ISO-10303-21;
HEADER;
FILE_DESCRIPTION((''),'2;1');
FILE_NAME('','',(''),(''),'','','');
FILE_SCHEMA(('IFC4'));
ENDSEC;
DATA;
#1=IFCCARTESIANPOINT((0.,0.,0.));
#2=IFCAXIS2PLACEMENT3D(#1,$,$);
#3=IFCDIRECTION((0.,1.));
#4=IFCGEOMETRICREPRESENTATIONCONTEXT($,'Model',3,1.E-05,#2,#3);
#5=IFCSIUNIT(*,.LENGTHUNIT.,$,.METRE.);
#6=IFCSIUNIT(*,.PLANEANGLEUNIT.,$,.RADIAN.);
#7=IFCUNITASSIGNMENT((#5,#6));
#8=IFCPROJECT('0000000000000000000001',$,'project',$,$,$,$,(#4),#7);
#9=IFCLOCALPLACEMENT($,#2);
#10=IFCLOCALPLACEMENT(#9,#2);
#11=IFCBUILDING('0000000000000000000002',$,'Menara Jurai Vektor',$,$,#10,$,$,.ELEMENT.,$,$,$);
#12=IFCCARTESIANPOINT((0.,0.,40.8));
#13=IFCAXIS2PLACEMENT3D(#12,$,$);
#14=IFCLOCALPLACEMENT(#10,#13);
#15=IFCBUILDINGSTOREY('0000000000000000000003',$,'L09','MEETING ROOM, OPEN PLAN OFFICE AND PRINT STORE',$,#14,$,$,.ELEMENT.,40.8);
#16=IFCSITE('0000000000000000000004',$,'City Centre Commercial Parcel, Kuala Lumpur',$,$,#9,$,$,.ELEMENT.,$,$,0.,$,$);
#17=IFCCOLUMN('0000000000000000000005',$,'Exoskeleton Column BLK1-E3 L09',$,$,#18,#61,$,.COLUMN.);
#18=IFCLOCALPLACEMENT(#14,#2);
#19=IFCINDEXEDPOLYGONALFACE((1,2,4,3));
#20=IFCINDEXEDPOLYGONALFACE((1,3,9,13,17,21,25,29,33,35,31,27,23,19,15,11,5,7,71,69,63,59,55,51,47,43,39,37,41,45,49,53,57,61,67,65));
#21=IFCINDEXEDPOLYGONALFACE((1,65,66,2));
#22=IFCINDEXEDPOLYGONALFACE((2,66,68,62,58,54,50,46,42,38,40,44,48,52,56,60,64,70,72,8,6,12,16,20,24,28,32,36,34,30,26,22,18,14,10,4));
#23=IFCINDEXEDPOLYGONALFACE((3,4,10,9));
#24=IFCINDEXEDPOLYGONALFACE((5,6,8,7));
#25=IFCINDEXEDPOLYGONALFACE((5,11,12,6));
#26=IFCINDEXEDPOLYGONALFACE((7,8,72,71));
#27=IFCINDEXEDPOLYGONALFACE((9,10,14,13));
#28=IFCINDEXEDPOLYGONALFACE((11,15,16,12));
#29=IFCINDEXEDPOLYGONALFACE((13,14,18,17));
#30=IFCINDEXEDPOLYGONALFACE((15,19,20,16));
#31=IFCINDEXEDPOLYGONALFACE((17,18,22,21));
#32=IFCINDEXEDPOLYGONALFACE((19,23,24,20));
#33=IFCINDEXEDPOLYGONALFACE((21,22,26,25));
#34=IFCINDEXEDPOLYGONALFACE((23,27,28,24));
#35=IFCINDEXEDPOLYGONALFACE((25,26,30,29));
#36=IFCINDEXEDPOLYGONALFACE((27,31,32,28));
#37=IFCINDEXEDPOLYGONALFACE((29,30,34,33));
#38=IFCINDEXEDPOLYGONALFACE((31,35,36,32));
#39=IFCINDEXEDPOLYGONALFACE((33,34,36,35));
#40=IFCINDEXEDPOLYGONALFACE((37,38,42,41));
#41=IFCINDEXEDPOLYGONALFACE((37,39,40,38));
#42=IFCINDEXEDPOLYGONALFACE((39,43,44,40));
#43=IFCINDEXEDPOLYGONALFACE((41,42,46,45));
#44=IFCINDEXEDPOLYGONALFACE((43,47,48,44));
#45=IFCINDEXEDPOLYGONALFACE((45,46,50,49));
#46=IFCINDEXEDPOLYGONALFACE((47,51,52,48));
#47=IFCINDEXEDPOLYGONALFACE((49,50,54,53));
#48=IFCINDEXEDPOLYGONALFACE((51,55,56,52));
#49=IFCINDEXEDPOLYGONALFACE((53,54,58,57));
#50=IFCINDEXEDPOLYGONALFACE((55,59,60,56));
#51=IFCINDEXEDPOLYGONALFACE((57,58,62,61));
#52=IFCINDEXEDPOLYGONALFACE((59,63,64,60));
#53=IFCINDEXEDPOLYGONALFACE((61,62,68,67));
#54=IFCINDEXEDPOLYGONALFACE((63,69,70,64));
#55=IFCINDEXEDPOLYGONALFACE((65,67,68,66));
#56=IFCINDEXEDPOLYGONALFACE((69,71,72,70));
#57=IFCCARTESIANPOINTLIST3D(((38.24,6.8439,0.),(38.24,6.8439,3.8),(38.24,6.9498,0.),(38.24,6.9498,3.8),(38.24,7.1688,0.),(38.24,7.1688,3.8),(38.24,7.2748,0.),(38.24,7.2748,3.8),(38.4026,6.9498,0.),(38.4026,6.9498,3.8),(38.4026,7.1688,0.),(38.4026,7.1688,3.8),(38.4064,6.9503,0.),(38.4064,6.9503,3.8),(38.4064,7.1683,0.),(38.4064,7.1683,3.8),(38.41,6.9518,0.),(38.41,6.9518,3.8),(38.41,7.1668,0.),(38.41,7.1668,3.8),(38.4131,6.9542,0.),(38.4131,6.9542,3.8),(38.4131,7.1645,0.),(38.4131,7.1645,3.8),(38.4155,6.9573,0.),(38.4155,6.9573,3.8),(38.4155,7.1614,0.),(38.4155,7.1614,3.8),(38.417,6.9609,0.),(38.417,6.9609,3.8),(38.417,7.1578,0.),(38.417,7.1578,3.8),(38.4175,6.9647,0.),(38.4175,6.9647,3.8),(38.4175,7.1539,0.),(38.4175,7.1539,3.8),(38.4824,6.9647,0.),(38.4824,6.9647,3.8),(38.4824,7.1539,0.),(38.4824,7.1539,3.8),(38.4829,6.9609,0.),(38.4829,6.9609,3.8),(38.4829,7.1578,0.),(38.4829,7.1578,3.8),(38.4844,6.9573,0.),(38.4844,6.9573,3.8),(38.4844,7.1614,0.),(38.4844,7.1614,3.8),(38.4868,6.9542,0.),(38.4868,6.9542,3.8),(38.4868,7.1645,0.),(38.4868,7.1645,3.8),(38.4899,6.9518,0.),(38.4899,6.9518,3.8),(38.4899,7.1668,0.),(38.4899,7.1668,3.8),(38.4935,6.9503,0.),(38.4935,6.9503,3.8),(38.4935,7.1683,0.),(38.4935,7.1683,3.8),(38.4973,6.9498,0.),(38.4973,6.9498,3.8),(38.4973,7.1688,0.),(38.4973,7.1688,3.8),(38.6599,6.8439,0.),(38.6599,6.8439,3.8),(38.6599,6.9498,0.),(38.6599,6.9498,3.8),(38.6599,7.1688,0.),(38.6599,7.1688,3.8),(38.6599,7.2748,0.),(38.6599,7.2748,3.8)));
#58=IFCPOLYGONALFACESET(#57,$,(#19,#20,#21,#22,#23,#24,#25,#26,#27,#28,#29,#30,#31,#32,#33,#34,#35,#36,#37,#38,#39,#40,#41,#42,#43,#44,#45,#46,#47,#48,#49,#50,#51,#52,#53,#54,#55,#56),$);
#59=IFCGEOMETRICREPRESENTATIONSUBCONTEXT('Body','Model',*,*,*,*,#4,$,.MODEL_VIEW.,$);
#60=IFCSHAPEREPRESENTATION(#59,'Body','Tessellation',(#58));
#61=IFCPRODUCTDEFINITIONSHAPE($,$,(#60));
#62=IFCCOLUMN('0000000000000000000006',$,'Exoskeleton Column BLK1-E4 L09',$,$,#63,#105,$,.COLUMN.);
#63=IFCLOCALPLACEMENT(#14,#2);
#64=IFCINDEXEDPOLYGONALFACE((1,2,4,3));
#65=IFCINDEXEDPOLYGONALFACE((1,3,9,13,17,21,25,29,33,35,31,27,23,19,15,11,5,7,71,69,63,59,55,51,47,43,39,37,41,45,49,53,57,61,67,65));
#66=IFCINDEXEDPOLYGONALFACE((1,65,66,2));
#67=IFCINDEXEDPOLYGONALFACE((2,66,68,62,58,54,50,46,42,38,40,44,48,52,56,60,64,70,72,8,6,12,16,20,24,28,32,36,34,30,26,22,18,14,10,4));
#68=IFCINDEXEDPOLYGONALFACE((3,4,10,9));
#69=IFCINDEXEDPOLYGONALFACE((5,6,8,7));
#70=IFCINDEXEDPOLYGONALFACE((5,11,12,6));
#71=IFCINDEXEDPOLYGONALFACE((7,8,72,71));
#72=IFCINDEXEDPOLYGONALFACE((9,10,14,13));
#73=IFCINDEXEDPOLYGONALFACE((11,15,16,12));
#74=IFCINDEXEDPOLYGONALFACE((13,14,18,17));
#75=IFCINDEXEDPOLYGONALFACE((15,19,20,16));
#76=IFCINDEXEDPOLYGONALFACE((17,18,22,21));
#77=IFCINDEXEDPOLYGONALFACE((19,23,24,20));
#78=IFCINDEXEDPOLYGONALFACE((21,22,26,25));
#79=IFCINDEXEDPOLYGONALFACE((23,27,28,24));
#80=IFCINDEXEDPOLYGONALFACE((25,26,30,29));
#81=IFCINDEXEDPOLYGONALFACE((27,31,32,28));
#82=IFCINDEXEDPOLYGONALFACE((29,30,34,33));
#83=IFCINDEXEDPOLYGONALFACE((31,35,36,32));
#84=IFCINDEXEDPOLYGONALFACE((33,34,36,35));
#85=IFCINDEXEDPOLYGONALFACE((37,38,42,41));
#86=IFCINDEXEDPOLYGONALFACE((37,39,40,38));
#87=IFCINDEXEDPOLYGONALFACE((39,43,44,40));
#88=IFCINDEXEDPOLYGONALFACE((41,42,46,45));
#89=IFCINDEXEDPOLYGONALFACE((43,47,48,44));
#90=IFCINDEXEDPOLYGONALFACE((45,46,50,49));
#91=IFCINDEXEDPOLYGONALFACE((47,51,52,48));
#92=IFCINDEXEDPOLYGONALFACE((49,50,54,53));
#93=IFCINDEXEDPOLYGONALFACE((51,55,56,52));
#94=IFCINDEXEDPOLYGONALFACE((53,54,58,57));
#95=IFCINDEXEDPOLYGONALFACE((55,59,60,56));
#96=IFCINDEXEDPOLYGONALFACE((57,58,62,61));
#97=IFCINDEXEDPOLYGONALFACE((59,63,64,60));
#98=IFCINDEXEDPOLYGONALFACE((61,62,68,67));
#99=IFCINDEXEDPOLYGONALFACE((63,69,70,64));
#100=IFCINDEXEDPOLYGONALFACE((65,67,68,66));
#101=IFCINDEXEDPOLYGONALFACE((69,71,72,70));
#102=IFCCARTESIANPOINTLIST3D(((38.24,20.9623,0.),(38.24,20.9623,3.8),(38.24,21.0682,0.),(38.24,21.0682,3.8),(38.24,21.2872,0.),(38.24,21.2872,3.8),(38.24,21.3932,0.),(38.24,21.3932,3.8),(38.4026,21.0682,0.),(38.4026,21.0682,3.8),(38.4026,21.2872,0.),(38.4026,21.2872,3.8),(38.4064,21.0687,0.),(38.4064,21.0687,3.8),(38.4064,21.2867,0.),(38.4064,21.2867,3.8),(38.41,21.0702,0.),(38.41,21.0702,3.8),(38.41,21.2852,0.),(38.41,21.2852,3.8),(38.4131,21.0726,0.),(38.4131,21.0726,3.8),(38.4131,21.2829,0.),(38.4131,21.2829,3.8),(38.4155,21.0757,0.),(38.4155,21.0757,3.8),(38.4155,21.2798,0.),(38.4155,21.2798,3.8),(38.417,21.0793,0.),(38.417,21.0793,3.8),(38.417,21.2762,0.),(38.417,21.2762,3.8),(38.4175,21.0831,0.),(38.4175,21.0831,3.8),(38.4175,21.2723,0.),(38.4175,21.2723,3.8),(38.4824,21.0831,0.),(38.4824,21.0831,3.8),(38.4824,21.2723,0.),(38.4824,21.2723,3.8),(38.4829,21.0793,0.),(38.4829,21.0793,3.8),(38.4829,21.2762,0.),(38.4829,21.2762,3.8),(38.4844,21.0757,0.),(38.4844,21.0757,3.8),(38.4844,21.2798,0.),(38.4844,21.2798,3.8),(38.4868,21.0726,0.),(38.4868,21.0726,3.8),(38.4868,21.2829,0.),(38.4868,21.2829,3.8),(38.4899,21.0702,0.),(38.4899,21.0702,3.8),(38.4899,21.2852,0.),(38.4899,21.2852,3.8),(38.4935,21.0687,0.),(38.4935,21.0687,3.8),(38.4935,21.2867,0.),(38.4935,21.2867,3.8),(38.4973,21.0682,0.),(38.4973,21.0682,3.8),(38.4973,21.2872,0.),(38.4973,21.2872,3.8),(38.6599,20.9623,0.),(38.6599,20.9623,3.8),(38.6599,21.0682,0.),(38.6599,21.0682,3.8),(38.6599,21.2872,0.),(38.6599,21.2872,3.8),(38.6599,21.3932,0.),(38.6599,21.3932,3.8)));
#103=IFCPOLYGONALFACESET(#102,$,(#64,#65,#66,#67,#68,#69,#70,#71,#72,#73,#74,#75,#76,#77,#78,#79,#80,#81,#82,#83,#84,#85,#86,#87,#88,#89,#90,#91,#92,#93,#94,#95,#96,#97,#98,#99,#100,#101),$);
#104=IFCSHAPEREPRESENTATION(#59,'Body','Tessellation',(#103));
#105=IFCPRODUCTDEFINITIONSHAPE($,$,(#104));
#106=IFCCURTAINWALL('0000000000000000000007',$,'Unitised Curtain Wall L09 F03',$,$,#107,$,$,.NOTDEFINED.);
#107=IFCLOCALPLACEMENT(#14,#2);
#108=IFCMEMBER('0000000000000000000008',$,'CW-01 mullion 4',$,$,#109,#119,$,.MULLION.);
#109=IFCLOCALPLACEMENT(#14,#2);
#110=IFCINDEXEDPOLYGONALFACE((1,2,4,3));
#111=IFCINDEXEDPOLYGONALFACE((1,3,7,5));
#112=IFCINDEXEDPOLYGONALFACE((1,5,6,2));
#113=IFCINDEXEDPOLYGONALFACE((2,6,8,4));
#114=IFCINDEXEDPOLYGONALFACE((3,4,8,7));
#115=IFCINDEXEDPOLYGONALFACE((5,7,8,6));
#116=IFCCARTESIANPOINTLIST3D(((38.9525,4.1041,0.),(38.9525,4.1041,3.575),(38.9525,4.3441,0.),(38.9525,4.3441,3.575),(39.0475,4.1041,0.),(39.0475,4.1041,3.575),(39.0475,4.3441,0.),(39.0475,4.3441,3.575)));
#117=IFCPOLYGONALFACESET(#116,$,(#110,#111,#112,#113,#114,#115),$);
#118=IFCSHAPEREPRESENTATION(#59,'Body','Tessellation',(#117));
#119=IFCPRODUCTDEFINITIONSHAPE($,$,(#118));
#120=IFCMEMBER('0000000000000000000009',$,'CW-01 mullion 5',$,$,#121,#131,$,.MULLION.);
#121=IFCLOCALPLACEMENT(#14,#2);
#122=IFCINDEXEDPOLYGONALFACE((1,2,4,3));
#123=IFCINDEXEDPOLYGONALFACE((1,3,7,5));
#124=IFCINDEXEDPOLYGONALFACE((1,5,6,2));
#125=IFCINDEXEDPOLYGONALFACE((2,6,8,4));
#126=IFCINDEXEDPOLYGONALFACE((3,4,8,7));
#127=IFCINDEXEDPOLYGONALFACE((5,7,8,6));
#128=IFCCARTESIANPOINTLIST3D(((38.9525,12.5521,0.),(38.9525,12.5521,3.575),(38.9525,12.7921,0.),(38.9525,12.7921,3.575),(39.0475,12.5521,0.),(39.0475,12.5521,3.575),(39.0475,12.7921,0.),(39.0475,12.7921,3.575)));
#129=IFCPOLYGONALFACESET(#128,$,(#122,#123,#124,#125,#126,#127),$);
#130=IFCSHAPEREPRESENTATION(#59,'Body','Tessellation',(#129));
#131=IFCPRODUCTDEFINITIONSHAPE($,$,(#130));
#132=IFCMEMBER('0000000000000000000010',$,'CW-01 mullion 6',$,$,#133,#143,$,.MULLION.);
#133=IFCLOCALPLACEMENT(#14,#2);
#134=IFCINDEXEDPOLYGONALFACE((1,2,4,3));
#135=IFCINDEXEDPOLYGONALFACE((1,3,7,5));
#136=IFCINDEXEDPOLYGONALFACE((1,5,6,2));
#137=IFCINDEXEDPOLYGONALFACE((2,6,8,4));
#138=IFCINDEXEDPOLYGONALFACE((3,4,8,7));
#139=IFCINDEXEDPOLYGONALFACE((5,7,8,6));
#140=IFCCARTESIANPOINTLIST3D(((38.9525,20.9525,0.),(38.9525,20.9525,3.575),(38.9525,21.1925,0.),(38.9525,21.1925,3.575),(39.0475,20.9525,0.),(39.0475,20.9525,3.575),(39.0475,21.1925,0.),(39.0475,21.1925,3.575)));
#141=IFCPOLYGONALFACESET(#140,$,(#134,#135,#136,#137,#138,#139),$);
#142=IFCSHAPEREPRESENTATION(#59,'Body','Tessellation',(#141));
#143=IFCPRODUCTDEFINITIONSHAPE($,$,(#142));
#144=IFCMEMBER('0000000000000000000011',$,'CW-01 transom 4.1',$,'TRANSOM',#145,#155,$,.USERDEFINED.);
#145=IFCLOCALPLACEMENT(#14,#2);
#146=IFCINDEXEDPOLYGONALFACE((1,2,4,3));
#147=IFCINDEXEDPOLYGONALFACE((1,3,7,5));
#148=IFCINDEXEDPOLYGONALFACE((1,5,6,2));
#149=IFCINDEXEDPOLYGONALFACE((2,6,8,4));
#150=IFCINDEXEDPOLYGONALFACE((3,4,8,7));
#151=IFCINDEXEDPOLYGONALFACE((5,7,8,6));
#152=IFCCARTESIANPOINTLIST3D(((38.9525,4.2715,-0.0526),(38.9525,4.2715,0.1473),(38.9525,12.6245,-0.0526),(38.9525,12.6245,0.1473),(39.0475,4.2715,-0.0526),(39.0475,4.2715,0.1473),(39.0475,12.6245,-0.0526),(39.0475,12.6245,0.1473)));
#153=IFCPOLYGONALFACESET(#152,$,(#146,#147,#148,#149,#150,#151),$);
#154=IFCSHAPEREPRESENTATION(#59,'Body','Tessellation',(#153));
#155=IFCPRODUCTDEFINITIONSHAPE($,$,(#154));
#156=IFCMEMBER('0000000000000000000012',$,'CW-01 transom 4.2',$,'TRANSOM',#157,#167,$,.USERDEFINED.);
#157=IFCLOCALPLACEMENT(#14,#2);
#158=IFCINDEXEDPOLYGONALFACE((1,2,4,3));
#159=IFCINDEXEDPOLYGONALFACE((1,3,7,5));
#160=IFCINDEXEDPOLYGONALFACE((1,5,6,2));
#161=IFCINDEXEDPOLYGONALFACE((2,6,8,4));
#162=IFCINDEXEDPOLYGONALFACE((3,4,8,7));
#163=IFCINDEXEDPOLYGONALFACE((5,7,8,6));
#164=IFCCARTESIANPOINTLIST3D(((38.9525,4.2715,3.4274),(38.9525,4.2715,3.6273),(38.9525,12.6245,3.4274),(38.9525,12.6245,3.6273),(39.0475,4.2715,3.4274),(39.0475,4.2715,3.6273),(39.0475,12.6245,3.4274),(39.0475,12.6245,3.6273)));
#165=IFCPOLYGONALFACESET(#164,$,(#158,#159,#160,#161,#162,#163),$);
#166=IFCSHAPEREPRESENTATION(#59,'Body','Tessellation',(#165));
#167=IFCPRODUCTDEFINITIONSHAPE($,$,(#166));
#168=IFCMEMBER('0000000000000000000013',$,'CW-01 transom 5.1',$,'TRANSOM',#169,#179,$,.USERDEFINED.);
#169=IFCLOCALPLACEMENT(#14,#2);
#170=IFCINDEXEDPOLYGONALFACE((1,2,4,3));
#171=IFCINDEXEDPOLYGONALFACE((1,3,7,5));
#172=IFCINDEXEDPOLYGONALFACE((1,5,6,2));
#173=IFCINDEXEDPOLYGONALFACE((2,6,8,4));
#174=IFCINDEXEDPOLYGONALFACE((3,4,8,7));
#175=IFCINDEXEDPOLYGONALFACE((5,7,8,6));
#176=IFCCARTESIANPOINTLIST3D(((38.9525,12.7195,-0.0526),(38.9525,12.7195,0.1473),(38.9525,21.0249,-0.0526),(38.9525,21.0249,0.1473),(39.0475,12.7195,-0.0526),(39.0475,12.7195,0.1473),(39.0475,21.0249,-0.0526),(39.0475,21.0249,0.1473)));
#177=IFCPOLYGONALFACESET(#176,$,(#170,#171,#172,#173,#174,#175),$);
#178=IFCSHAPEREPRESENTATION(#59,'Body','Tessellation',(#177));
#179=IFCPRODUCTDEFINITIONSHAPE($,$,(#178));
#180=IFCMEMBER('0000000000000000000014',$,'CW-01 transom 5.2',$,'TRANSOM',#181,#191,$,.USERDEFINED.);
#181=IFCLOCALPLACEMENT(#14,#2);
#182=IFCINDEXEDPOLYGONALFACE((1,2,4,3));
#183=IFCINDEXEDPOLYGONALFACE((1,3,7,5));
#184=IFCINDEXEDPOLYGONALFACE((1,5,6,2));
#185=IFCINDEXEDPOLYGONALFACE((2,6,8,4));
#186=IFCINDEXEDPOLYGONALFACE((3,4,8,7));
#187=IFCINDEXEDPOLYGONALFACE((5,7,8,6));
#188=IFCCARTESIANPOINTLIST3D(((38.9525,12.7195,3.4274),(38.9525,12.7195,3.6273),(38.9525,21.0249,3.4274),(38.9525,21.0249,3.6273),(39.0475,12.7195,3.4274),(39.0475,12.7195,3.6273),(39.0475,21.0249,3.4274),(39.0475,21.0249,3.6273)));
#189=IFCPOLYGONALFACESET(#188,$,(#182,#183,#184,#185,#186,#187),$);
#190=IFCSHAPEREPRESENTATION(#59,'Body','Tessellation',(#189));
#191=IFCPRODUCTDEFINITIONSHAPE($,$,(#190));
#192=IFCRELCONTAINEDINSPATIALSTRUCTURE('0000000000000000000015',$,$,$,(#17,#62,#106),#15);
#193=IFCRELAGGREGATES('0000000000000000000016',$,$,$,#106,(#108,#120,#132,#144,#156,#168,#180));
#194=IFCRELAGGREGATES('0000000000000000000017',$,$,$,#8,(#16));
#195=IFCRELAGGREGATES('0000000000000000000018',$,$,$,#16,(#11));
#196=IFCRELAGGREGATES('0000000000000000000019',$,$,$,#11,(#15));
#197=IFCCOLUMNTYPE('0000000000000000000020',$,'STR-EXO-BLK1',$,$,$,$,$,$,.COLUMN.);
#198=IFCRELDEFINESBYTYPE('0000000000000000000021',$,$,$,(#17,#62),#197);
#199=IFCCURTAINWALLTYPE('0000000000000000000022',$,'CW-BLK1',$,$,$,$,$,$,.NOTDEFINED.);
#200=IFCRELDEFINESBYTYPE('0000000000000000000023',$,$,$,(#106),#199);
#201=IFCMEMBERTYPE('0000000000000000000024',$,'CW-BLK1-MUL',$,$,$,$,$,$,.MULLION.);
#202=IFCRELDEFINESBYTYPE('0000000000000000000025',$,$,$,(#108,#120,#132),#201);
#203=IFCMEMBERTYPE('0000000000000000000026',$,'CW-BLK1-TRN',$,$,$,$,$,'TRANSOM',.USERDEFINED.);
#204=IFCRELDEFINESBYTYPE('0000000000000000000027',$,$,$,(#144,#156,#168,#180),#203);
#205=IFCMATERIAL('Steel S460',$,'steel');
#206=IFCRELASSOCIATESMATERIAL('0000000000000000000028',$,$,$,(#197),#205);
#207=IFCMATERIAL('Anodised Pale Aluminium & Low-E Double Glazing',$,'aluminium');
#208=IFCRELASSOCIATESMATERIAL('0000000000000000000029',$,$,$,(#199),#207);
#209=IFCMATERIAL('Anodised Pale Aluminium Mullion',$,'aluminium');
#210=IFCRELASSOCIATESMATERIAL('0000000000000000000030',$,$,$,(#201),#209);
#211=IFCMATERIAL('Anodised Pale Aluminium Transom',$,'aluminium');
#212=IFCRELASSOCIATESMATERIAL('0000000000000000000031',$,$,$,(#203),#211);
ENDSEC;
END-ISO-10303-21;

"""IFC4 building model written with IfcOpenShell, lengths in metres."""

from ifc_helpers import new_model, si_unit, direction, frame, origin, origin_2d, place, context, subcontext, project, spatial, rectangle, i_section, extrude, material, material_profile, profile_set, type_object, element, aggregate, save


model = new_model("IFC4")

# Units and contexts
model_context = context("Model", 3, precision=1e-05, world=origin(), true_north=direction((0.0, 1.0)))
body_context = subcontext(model_context, "Body", "Model", "MODEL_VIEW")
ifc_project = project(units=[si_unit("LENGTHUNIT", "METRE"), si_unit("PLANEANGLEUNIT", "RADIAN")], contexts=[model_context])

# Site, building, storey
site_placement = place(None, origin())
site = spatial("IfcSite", under=ifc_project, at=site_placement, Name="City Centre Commercial Parcel, Kuala Lumpur", CompositionType="ELEMENT", RefElevation=0.0)
building_placement = place(site_placement, origin())
building = spatial("IfcBuilding", under=site, at=building_placement, Name="Menara Jurai Vektor", CompositionType="ELEMENT")
storey_placement = place(building_placement, frame((0.0, 0.0, 40.8)))
storey = spatial("IfcBuildingStorey", under=building, at=storey_placement, Name="L09", Description="MEETING ROOM, OPEN PLAN OFFICE AND PRINT STORE", CompositionType="ELEMENT", Elevation=40.8)

# Columns
ifc_material_1 = material(Name="Steel S460", Category="steel")
ifc_material_profile_1 = material_profile(ifc_material_1, i_section(OverallWidth=0.4199, OverallDepth=0.4309, WebThickness=0.0649, FlangeThickness=0.106, FilletRadius=0.0149, at=origin_2d()), Name="HD 400x900")
ifc_profile_set_1 = profile_set([ifc_material_profile_1], Name="Steel S460")
column_type = type_object("IfcColumnType", Name="STR-EXO-BLK1", PredefinedType="COLUMN", material=ifc_profile_set_1)
for number, where, z_axis, x_axis, name in (
    (1, (38.45, 7.0593, 0.0), (0.0, 0.0, 1.0), (1.0, 0.0, 0.0), "Exoskeleton Column BLK1-E3 L09"),
    (2, (38.45, 21.1777, 0.0), (0.0, 0.0, 1.0), (1.0, 0.0, 0.0), "Exoskeleton Column BLK1-E4 L09"),
):
    element("IfcColumn", number, at=place(storey_placement, frame(where, z_axis=z_axis, x_axis=x_axis)), inside=storey, type_object=column_type, Name=name, PredefinedType="COLUMN", context=body_context, shape_type="SweptSolid", body=[
        extrude(i_section(OverallWidth=0.4199, OverallDepth=0.4309, WebThickness=0.0649, FlangeThickness=0.106, FilletRadius=0.0149, at=origin_2d()), origin(), (0.0, 0.0, 1.0), 3.8),
    ])

# Curtain wall, members
ifc_material_2 = material(Name="Anodised Pale Aluminium & Low-E Double Glazing", Category="aluminium")
curtain_wall_type = type_object("IfcCurtainWallType", Name="CW-BLK1", PredefinedType="NOTDEFINED", material=ifc_material_2)
curtain_wall_placement = place(storey_placement, origin())
curtain_wall = element("IfcCurtainWall", 3, at=curtain_wall_placement, inside=storey, type_object=curtain_wall_type, Name="Unitised Curtain Wall L09 F03", PredefinedType="NOTDEFINED")
ifc_material_3 = material(Name="Anodised Pale Aluminium Mullion", Category="aluminium")
ifc_material_profile_2 = material_profile(ifc_material_3, rectangle(XDim=0.095, YDim=0.24, at=origin_2d()), Name="ALU MUL 95x240")
ifc_profile_set_2 = profile_set([ifc_material_profile_2], Name="Anodised Pale Aluminium Mullion")
member_type_1 = type_object("IfcMemberType", Name="CW-BLK1-MUL", PredefinedType="MULLION", material=ifc_profile_set_2)
member_1_placement = place(storey_placement, frame((39.0, 4.2241, 0.0), z_axis=(0.0, 0.0, 1.0), x_axis=(-1.0, 0.0, 0.0)))
member_1 = element("IfcMember", 4, at=member_1_placement, type_object=member_type_1, Name="CW-01 mullion 4", PredefinedType="MULLION", context=body_context, shape_type="SweptSolid", body=[
    extrude(rectangle(XDim=0.095, YDim=0.24, at=origin_2d()), origin(), (0.0, 0.0, 1.0), 3.575),
])
member_2_placement = place(storey_placement, frame((39.0, 12.6721, 0.0), z_axis=(0.0, 0.0, 1.0), x_axis=(-1.0, 0.0, 0.0)))
member_2 = element("IfcMember", 5, at=member_2_placement, type_object=member_type_1, Name="CW-01 mullion 5", PredefinedType="MULLION", context=body_context, shape_type="SweptSolid", body=[
    extrude(rectangle(XDim=0.095, YDim=0.24, at=origin_2d()), origin(), (0.0, 0.0, 1.0), 3.575),
])
member_3_placement = place(storey_placement, frame((39.0, 21.0725, 0.0), z_axis=(0.0, 0.0, 1.0), x_axis=(-1.0, 0.0, 0.0)))
member_3 = element("IfcMember", 6, at=member_3_placement, type_object=member_type_1, Name="CW-01 mullion 6", PredefinedType="MULLION", context=body_context, shape_type="SweptSolid", body=[
    extrude(rectangle(XDim=0.095, YDim=0.24, at=origin_2d()), origin(), (0.0, 0.0, 1.0), 3.575),
])
ifc_material_4 = material(Name="Anodised Pale Aluminium Transom", Category="aluminium")
ifc_material_profile_3 = material_profile(ifc_material_4, rectangle(XDim=0.095, YDim=0.2, at=origin_2d()), Name="ALU TRN 95x200")
ifc_profile_set_3 = profile_set([ifc_material_profile_3], Name="Anodised Pale Aluminium Transom")
member_type_2 = type_object("IfcMemberType", Name="CW-BLK1-TRN", ElementType="TRANSOM", PredefinedType="USERDEFINED", material=ifc_profile_set_3)
member_4_placement = place(storey_placement, frame((39.0, 4.2715, 0.0474), z_axis=(0.0, 1.0, 0.0), x_axis=(-1.0, 0.0, 0.0)))
member_4 = element("IfcMember", 7, at=member_4_placement, type_object=member_type_2, Name="CW-01 transom 4.1", ObjectType="TRANSOM", PredefinedType="USERDEFINED", context=body_context, shape_type="SweptSolid", body=[
    extrude(rectangle(XDim=0.095, YDim=0.2, at=origin_2d()), origin(), (0.0, 0.0, 1.0), 8.353),
])
member_5_placement = place(storey_placement, frame((39.0, 4.2715, 3.5273), z_axis=(0.0, 1.0, 0.0), x_axis=(-1.0, 0.0, 0.0)))
member_5 = element("IfcMember", 8, at=member_5_placement, type_object=member_type_2, Name="CW-01 transom 4.2", ObjectType="TRANSOM", PredefinedType="USERDEFINED", context=body_context, shape_type="SweptSolid", body=[
    extrude(rectangle(XDim=0.095, YDim=0.2, at=origin_2d()), origin(), (0.0, 0.0, 1.0), 8.353),
])
member_6_placement = place(storey_placement, frame((39.0, 12.7195, 0.0474), z_axis=(0.0, 1.0, 0.0), x_axis=(-1.0, 0.0, 0.0)))
member_6 = element("IfcMember", 9, at=member_6_placement, type_object=member_type_2, Name="CW-01 transom 5.1", ObjectType="TRANSOM", PredefinedType="USERDEFINED", context=body_context, shape_type="SweptSolid", body=[
    extrude(rectangle(XDim=0.095, YDim=0.2, at=origin_2d()), origin(), (0.0, 0.0, 1.0), 8.3054),
])
member_7_placement = place(storey_placement, frame((39.0, 12.7195, 3.5273), z_axis=(0.0, 1.0, 0.0), x_axis=(-1.0, 0.0, 0.0)))
member_7 = element("IfcMember", 10, at=member_7_placement, type_object=member_type_2, Name="CW-01 transom 5.2", ObjectType="TRANSOM", PredefinedType="USERDEFINED", context=body_context, shape_type="SweptSolid", body=[
    extrude(rectangle(XDim=0.095, YDim=0.2, at=origin_2d()), origin(), (0.0, 0.0, 1.0), 8.3054),
])

aggregate(curtain_wall, [member_1, member_2, member_3, member_4, member_5, member_6, member_7])

save(model, "model.ifc")
